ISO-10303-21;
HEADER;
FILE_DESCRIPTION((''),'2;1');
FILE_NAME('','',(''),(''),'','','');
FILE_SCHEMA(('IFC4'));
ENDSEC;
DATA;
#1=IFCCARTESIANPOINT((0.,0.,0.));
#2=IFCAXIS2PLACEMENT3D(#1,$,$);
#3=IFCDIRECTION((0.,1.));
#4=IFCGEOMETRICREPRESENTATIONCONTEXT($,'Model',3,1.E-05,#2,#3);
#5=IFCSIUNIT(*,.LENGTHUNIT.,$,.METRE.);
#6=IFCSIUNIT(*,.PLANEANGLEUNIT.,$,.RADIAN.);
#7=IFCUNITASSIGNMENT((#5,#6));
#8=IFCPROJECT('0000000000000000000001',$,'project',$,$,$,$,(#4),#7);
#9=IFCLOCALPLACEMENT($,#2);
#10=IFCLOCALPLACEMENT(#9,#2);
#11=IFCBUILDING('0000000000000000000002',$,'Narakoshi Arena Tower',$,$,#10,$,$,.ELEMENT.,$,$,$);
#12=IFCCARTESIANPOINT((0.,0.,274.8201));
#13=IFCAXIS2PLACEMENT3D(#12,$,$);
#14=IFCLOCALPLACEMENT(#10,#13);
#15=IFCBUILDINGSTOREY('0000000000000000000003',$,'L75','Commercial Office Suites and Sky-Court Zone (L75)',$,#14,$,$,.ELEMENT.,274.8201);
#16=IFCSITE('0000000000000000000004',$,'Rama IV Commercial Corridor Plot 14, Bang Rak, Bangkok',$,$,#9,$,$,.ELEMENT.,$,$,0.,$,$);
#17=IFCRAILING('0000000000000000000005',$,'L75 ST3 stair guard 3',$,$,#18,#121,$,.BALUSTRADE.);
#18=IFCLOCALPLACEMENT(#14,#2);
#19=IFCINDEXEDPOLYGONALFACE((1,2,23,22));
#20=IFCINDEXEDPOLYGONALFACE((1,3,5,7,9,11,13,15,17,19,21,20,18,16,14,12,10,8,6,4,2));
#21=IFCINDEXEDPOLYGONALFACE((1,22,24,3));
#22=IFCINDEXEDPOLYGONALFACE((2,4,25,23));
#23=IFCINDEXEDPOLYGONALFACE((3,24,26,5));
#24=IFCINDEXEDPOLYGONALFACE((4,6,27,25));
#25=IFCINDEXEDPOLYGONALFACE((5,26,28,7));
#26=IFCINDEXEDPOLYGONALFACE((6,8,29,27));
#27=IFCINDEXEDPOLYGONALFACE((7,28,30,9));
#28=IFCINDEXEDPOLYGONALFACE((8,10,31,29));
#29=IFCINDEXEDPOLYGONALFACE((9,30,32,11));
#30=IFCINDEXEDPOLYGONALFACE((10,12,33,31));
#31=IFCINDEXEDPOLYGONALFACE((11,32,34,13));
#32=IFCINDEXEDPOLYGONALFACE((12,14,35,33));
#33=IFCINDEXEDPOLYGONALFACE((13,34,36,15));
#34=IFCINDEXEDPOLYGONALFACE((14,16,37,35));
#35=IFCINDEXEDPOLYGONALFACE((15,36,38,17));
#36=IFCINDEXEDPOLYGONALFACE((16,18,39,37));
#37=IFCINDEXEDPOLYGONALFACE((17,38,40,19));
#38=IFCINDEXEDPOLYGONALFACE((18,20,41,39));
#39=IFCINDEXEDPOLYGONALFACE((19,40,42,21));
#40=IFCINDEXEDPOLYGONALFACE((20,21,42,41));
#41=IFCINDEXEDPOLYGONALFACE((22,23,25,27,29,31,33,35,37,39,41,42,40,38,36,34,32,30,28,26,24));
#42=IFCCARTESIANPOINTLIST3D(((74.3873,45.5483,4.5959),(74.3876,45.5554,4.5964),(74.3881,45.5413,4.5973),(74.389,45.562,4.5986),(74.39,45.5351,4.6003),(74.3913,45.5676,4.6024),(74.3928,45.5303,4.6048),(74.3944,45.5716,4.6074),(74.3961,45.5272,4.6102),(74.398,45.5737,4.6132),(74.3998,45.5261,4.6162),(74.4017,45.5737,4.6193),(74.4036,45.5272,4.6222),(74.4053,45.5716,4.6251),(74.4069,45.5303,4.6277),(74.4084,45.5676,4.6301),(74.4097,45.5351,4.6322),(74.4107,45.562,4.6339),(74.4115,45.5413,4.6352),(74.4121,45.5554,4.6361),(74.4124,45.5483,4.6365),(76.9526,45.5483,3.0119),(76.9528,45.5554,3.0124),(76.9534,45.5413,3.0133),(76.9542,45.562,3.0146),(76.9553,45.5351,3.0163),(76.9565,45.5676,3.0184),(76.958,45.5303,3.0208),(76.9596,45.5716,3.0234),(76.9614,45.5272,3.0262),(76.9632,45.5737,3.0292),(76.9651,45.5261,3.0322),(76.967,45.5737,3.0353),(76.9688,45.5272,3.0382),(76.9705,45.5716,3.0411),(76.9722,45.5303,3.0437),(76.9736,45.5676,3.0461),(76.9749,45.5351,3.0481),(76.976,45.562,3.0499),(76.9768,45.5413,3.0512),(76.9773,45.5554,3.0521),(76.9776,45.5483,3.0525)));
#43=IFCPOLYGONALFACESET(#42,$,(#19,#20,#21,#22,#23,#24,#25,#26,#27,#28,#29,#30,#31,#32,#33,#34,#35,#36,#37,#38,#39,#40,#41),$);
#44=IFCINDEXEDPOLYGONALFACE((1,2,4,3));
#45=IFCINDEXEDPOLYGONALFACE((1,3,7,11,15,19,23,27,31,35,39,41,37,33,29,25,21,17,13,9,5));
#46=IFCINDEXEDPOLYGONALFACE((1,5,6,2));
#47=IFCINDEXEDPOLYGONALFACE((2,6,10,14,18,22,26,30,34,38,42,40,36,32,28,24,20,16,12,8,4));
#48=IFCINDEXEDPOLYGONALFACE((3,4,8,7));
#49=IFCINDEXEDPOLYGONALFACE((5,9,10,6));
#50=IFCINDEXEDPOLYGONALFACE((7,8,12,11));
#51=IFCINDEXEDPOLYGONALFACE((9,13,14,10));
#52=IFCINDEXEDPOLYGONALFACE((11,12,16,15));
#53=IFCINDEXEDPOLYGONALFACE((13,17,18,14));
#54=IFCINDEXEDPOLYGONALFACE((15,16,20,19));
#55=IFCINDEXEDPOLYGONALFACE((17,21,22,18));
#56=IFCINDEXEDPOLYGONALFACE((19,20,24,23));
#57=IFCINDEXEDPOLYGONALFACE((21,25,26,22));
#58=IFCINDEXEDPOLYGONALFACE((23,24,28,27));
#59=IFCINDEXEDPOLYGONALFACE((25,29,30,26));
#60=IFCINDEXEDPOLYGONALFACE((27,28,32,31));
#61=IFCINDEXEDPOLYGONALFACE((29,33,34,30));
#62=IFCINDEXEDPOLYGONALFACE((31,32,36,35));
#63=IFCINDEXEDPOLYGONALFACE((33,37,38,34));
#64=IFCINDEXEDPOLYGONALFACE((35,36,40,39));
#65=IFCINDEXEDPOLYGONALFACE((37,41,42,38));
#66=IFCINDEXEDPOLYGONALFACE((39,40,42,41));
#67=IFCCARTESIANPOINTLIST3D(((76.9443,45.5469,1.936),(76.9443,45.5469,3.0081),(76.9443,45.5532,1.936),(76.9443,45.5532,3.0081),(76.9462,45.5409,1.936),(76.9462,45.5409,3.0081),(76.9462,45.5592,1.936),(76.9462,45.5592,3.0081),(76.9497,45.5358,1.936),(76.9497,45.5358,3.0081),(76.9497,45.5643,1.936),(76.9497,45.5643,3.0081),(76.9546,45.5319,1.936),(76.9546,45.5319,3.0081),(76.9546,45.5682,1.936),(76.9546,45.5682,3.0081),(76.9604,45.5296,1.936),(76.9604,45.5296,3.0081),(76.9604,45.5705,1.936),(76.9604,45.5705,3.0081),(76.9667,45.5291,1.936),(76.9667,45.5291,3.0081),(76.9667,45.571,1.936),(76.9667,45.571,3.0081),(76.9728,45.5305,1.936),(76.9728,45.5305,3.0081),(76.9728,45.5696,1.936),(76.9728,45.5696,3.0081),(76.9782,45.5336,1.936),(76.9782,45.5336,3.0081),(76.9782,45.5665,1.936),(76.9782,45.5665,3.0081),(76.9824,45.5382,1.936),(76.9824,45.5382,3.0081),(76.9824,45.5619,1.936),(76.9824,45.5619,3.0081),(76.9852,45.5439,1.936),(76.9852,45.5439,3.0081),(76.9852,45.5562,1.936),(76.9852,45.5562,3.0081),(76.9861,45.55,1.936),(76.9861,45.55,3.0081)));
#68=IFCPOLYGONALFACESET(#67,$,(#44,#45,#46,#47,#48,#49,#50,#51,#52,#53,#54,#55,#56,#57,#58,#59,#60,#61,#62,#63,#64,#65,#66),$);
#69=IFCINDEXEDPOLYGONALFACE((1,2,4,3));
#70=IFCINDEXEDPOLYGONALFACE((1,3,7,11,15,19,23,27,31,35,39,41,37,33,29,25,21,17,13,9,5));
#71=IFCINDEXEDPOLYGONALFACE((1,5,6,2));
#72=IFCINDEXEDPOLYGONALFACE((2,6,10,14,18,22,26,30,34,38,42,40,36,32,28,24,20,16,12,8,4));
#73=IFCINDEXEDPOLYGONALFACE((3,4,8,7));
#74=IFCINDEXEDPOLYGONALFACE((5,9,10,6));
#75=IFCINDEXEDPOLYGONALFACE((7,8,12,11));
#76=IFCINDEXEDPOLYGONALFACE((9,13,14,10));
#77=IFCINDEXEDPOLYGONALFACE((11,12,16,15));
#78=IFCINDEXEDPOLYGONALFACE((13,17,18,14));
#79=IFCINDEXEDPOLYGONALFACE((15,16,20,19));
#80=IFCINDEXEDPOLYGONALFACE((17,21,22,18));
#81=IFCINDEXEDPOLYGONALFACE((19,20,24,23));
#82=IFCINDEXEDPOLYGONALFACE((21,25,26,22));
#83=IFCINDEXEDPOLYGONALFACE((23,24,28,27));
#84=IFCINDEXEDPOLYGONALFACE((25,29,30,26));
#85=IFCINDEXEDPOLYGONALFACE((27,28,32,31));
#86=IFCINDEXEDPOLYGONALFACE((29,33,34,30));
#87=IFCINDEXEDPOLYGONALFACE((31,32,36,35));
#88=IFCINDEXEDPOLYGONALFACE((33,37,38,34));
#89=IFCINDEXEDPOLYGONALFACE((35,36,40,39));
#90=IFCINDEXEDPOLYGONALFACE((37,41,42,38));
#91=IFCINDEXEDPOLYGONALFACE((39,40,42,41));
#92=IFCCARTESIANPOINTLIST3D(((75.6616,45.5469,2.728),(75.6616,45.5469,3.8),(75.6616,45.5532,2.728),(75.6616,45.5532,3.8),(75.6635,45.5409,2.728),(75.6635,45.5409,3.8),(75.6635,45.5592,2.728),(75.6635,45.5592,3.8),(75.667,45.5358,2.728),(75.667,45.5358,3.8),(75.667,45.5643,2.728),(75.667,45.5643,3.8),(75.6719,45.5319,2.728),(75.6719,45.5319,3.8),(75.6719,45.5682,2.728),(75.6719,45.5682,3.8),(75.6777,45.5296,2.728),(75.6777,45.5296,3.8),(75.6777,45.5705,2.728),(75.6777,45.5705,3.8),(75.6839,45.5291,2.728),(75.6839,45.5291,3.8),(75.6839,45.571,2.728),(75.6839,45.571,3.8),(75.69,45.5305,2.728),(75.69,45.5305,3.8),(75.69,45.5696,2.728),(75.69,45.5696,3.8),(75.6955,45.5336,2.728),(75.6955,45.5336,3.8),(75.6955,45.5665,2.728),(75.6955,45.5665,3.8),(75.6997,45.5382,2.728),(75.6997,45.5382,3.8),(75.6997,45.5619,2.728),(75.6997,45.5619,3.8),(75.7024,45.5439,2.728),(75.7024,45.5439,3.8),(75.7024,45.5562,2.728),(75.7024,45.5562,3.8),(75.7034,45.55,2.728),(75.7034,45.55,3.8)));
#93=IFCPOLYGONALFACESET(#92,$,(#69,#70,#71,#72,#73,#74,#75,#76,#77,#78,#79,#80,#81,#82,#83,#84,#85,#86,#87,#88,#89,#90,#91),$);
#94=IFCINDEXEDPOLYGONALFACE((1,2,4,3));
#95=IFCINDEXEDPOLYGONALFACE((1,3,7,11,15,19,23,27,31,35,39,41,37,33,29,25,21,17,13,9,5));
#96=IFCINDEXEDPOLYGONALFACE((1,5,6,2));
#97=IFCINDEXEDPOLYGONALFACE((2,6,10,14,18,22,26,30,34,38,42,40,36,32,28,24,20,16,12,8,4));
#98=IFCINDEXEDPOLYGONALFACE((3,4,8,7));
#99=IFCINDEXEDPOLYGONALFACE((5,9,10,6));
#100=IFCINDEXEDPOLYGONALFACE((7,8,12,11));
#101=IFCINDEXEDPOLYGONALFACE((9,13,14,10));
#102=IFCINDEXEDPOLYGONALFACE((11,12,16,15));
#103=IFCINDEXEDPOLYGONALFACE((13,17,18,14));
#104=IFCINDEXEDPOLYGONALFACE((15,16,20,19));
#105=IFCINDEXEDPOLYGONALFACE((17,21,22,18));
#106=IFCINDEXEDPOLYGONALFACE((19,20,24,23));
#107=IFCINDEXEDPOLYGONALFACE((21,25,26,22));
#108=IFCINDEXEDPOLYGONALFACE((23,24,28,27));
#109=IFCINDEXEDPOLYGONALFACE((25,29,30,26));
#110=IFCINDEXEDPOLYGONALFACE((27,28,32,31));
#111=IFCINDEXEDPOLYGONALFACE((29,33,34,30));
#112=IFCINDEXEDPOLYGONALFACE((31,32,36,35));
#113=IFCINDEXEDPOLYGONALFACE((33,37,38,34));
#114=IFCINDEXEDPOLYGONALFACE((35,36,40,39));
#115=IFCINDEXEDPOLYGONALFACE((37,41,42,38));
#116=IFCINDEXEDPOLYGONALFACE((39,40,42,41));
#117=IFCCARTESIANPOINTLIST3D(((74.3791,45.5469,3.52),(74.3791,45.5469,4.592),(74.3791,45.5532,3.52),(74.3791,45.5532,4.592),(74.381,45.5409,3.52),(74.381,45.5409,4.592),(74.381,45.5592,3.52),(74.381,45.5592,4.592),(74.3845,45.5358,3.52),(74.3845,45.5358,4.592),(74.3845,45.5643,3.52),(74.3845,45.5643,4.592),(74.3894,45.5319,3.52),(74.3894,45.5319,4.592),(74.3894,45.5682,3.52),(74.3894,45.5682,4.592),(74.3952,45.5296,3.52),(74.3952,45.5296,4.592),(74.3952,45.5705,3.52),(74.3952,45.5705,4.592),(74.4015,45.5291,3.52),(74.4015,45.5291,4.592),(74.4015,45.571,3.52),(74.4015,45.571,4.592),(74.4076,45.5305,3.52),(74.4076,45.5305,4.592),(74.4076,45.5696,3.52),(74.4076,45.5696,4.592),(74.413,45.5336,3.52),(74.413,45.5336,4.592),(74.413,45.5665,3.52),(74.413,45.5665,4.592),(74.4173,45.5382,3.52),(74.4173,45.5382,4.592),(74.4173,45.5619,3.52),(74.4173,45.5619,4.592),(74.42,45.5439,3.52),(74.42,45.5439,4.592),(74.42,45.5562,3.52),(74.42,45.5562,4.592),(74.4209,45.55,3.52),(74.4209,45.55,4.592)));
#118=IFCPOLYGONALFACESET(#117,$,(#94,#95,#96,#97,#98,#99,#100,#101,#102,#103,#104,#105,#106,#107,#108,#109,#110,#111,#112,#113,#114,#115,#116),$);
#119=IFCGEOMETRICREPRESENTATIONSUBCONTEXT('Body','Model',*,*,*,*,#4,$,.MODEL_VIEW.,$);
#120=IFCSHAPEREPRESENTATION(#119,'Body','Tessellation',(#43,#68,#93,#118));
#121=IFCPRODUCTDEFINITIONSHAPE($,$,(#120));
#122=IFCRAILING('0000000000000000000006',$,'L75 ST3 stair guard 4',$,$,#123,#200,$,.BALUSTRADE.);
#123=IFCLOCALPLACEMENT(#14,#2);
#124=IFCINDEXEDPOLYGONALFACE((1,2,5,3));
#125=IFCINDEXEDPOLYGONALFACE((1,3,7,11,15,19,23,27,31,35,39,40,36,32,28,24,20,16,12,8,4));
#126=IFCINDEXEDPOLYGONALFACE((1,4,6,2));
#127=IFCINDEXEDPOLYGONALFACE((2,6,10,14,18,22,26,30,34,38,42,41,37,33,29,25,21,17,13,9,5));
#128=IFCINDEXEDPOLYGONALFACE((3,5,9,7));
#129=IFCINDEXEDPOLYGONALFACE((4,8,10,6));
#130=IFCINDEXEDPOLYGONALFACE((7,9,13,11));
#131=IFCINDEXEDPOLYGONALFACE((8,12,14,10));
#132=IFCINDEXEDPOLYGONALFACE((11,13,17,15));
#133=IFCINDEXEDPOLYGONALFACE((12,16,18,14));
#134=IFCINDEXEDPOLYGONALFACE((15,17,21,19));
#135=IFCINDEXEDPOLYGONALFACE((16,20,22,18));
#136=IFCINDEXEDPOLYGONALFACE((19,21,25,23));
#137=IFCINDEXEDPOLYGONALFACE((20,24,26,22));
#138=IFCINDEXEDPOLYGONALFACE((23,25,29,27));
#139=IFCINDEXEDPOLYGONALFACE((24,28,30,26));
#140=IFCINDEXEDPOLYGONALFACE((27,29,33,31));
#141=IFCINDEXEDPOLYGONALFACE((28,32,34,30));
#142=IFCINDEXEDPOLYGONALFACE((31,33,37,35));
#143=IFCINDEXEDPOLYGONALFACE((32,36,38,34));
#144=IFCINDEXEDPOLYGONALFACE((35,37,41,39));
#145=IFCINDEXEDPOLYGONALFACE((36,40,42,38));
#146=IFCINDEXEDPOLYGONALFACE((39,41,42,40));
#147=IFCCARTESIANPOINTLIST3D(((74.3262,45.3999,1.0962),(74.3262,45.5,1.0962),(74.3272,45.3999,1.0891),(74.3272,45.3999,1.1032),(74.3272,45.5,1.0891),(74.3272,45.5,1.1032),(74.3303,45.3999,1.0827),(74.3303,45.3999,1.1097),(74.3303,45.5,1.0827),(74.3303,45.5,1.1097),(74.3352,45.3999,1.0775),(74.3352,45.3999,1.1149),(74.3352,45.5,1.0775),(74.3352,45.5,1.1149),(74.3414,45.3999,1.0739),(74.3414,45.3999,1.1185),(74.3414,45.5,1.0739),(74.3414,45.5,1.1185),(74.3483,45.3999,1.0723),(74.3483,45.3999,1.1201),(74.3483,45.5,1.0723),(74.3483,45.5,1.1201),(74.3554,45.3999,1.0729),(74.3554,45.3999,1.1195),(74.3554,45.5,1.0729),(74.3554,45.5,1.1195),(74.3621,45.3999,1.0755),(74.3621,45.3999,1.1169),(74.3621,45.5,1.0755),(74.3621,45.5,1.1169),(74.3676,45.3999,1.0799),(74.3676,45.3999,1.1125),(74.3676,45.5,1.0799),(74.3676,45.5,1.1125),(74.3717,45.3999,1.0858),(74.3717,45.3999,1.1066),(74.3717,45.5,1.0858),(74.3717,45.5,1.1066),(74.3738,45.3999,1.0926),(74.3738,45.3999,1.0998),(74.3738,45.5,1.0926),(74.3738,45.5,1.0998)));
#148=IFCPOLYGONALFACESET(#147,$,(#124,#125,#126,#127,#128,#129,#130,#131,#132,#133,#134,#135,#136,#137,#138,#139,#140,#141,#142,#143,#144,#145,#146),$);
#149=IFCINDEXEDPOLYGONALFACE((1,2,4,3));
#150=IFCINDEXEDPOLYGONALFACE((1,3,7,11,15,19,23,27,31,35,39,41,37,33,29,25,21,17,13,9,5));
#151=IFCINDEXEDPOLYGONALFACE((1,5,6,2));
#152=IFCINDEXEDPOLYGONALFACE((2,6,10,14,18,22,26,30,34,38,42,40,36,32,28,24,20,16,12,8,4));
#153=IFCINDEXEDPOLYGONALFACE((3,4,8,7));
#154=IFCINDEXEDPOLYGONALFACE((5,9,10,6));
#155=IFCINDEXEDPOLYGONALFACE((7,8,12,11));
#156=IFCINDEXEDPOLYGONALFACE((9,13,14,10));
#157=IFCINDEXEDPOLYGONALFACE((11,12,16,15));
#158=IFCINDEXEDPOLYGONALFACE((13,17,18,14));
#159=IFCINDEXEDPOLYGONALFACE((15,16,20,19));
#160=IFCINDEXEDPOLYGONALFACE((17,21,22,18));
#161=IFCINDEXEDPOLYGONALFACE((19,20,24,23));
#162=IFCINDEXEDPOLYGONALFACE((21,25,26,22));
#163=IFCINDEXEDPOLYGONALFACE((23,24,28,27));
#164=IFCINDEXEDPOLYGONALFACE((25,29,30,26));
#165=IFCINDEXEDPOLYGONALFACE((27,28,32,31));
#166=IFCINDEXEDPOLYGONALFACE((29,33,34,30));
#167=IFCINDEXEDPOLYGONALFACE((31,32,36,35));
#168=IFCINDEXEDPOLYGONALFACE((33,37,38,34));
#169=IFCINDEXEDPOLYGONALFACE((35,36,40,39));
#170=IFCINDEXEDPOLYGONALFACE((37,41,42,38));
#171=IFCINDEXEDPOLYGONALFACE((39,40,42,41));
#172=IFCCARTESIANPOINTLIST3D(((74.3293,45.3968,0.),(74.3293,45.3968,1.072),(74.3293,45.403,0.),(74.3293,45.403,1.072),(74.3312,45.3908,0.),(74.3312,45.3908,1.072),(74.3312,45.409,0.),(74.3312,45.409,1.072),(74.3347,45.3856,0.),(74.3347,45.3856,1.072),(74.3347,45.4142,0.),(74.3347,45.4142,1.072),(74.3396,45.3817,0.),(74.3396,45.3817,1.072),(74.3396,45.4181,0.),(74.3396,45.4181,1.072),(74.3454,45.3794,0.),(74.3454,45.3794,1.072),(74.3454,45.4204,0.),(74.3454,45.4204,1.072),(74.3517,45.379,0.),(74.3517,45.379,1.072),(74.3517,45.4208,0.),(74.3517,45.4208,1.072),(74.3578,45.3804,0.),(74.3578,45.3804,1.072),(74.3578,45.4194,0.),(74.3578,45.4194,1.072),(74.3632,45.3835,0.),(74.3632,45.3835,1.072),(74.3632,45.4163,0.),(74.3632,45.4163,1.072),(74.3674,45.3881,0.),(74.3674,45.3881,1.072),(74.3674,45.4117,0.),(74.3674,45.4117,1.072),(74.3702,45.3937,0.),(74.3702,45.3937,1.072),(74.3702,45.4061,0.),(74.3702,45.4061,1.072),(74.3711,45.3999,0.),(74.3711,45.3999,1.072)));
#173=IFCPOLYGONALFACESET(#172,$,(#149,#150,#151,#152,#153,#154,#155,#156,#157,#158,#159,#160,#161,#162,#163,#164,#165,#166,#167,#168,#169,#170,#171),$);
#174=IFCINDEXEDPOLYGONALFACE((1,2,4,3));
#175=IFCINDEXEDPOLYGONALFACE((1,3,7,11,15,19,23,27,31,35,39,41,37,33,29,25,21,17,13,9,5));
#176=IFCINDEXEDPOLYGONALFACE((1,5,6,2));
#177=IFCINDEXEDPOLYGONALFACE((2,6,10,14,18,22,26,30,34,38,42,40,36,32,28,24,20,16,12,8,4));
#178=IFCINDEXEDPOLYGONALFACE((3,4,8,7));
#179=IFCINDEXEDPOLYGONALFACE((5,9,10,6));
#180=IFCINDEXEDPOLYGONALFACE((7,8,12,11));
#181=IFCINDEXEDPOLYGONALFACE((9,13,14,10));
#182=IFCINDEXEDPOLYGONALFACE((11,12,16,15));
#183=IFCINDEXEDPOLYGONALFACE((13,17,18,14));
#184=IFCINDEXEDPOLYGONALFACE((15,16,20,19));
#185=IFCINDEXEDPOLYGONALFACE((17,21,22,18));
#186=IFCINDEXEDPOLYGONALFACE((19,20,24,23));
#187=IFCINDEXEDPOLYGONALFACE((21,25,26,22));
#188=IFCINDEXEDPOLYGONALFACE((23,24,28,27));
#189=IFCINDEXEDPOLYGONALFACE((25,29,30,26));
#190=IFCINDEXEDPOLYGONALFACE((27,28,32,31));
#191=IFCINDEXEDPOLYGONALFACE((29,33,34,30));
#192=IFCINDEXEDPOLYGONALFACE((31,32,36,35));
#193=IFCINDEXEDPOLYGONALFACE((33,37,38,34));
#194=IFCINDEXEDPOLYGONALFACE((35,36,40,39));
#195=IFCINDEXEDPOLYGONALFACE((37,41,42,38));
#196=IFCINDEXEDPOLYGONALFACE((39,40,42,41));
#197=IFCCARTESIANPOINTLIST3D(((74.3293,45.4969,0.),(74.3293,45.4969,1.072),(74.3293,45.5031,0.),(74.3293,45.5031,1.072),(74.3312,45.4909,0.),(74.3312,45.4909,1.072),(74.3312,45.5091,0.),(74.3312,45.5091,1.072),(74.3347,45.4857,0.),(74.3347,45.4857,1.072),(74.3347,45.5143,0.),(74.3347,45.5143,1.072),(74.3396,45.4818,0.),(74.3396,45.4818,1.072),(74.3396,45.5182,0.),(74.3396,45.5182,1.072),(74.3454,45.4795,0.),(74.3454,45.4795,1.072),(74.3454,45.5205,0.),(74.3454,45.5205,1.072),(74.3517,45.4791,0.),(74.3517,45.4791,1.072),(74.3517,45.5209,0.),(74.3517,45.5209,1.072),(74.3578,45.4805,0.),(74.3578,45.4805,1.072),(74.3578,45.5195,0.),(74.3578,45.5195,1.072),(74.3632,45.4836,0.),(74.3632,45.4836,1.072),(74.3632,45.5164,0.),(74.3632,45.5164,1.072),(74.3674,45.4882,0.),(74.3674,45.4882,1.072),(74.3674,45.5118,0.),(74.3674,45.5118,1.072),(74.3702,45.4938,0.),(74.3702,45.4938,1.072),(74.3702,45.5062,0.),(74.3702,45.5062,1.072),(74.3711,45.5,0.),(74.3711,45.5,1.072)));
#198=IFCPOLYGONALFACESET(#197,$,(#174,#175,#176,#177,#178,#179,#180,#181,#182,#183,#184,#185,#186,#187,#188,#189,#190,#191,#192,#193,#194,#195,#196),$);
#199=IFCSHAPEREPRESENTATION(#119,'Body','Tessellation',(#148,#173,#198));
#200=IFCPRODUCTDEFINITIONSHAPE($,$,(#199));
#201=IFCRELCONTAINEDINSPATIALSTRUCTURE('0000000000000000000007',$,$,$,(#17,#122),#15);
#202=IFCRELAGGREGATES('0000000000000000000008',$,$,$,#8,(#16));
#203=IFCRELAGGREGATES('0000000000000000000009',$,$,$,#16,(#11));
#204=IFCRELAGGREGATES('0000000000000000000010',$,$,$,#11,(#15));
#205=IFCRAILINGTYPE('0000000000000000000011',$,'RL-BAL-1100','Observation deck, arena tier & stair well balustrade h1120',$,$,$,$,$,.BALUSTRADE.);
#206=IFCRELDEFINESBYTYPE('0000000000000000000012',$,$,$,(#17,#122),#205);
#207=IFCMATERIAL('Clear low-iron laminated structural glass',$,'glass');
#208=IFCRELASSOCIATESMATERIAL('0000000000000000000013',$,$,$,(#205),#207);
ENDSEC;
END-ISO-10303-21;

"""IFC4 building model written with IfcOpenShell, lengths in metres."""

from ifc_helpers import new_model, si_unit, direction, frame, origin, origin_2d, place, context, subcontext, project, spatial, circle, extrude, material, type_object, element, save


model = new_model("IFC4")

# Units and contexts
model_context = context("Model", 3, precision=1e-05, world=origin(), true_north=direction((0.0, 1.0)))
body_context = subcontext(model_context, "Body", "Model", "MODEL_VIEW")
ifc_project = project(units=[si_unit("LENGTHUNIT", "METRE"), si_unit("PLANEANGLEUNIT", "RADIAN")], contexts=[model_context])

# Site, building, storey
site_placement = place(None, origin())
site = spatial("IfcSite", under=ifc_project, at=site_placement, Name="Rama IV Commercial Corridor Plot 14, Bang Rak, Bangkok", CompositionType="ELEMENT", RefElevation=0.0)
building_placement = place(site_placement, origin())
building = spatial("IfcBuilding", under=site, at=building_placement, Name="Narakoshi Arena Tower", CompositionType="ELEMENT")
storey_placement = place(building_placement, frame((0.0, 0.0, 274.8201)))
storey = spatial("IfcBuildingStorey", under=building, at=storey_placement, Name="L75", Description="Commercial Office Suites and Sky-Court Zone (L75)", CompositionType="ELEMENT", Elevation=274.8201)

# Railings
ifc_material_1 = material(Name="Clear low-iron laminated structural glass", Category="glass")
railing_type_1 = type_object("IfcRailingType", Name="RL-BAL-1100", Description="Observation deck, arena tier & stair well balustrade h1120", PredefinedType="BALUSTRADE", material=ifc_material_1)
railing_1_placement = place(storey_placement, frame((76.9651, 45.55, 1.936)))
element("IfcRailing", 1, at=railing_1_placement, inside=storey, type_object=railing_type_1, Name="L75 ST3 stair guard 3", PredefinedType="BALUSTRADE", context=body_context, shape_type="SweptSolid", body=[
    extrude(circle(Radius=0.0239, at=origin_2d()), frame((0.0, 0.0, 1.0962), z_axis=(-0.850857, 0.0, 0.525398), x_axis=(0.0, -1.0, 0.0)), (0.0, 0.0, 1.0), 3.0149),
    extrude(circle(Radius=0.021, at=origin_2d()), origin(), (0.0, 0.0, 1.0), 1.072),
    extrude(circle(Radius=0.021, at=origin_2d()), frame((-1.2827, 0.0, 0.792)), (0.0, 0.0, 1.0), 1.072),
    extrude(circle(Radius=0.021, at=origin_2d()), frame((-2.5652, 0.0, 1.584)), (0.0, 0.0, 1.0), 1.072),
])
railing_2_placement = place(storey_placement, frame((74.3501, 45.3999, 0.0)))
element("IfcRailing", 2, at=railing_2_placement, inside=storey, type_object=railing_type_1, Name="L75 ST3 stair guard 4", PredefinedType="BALUSTRADE", context=body_context, shape_type="SweptSolid", body=[
    extrude(circle(Radius=0.0239, at=origin_2d()), frame((0.0, 0.0, 1.0962), z_axis=(0.0, 1.0, 0.0), x_axis=(-1.0, 0.0, 0.0)), (0.0, 0.0, 1.0), 0.1001),
    extrude(circle(Radius=0.021, at=origin_2d()), origin(), (0.0, 0.0, 1.0), 1.072),
    extrude(circle(Radius=0.021, at=origin_2d()), frame((0.0, 0.1001, 0.0)), (0.0, 0.0, 1.0), 1.072),
])

save(model, "model.ifc")
